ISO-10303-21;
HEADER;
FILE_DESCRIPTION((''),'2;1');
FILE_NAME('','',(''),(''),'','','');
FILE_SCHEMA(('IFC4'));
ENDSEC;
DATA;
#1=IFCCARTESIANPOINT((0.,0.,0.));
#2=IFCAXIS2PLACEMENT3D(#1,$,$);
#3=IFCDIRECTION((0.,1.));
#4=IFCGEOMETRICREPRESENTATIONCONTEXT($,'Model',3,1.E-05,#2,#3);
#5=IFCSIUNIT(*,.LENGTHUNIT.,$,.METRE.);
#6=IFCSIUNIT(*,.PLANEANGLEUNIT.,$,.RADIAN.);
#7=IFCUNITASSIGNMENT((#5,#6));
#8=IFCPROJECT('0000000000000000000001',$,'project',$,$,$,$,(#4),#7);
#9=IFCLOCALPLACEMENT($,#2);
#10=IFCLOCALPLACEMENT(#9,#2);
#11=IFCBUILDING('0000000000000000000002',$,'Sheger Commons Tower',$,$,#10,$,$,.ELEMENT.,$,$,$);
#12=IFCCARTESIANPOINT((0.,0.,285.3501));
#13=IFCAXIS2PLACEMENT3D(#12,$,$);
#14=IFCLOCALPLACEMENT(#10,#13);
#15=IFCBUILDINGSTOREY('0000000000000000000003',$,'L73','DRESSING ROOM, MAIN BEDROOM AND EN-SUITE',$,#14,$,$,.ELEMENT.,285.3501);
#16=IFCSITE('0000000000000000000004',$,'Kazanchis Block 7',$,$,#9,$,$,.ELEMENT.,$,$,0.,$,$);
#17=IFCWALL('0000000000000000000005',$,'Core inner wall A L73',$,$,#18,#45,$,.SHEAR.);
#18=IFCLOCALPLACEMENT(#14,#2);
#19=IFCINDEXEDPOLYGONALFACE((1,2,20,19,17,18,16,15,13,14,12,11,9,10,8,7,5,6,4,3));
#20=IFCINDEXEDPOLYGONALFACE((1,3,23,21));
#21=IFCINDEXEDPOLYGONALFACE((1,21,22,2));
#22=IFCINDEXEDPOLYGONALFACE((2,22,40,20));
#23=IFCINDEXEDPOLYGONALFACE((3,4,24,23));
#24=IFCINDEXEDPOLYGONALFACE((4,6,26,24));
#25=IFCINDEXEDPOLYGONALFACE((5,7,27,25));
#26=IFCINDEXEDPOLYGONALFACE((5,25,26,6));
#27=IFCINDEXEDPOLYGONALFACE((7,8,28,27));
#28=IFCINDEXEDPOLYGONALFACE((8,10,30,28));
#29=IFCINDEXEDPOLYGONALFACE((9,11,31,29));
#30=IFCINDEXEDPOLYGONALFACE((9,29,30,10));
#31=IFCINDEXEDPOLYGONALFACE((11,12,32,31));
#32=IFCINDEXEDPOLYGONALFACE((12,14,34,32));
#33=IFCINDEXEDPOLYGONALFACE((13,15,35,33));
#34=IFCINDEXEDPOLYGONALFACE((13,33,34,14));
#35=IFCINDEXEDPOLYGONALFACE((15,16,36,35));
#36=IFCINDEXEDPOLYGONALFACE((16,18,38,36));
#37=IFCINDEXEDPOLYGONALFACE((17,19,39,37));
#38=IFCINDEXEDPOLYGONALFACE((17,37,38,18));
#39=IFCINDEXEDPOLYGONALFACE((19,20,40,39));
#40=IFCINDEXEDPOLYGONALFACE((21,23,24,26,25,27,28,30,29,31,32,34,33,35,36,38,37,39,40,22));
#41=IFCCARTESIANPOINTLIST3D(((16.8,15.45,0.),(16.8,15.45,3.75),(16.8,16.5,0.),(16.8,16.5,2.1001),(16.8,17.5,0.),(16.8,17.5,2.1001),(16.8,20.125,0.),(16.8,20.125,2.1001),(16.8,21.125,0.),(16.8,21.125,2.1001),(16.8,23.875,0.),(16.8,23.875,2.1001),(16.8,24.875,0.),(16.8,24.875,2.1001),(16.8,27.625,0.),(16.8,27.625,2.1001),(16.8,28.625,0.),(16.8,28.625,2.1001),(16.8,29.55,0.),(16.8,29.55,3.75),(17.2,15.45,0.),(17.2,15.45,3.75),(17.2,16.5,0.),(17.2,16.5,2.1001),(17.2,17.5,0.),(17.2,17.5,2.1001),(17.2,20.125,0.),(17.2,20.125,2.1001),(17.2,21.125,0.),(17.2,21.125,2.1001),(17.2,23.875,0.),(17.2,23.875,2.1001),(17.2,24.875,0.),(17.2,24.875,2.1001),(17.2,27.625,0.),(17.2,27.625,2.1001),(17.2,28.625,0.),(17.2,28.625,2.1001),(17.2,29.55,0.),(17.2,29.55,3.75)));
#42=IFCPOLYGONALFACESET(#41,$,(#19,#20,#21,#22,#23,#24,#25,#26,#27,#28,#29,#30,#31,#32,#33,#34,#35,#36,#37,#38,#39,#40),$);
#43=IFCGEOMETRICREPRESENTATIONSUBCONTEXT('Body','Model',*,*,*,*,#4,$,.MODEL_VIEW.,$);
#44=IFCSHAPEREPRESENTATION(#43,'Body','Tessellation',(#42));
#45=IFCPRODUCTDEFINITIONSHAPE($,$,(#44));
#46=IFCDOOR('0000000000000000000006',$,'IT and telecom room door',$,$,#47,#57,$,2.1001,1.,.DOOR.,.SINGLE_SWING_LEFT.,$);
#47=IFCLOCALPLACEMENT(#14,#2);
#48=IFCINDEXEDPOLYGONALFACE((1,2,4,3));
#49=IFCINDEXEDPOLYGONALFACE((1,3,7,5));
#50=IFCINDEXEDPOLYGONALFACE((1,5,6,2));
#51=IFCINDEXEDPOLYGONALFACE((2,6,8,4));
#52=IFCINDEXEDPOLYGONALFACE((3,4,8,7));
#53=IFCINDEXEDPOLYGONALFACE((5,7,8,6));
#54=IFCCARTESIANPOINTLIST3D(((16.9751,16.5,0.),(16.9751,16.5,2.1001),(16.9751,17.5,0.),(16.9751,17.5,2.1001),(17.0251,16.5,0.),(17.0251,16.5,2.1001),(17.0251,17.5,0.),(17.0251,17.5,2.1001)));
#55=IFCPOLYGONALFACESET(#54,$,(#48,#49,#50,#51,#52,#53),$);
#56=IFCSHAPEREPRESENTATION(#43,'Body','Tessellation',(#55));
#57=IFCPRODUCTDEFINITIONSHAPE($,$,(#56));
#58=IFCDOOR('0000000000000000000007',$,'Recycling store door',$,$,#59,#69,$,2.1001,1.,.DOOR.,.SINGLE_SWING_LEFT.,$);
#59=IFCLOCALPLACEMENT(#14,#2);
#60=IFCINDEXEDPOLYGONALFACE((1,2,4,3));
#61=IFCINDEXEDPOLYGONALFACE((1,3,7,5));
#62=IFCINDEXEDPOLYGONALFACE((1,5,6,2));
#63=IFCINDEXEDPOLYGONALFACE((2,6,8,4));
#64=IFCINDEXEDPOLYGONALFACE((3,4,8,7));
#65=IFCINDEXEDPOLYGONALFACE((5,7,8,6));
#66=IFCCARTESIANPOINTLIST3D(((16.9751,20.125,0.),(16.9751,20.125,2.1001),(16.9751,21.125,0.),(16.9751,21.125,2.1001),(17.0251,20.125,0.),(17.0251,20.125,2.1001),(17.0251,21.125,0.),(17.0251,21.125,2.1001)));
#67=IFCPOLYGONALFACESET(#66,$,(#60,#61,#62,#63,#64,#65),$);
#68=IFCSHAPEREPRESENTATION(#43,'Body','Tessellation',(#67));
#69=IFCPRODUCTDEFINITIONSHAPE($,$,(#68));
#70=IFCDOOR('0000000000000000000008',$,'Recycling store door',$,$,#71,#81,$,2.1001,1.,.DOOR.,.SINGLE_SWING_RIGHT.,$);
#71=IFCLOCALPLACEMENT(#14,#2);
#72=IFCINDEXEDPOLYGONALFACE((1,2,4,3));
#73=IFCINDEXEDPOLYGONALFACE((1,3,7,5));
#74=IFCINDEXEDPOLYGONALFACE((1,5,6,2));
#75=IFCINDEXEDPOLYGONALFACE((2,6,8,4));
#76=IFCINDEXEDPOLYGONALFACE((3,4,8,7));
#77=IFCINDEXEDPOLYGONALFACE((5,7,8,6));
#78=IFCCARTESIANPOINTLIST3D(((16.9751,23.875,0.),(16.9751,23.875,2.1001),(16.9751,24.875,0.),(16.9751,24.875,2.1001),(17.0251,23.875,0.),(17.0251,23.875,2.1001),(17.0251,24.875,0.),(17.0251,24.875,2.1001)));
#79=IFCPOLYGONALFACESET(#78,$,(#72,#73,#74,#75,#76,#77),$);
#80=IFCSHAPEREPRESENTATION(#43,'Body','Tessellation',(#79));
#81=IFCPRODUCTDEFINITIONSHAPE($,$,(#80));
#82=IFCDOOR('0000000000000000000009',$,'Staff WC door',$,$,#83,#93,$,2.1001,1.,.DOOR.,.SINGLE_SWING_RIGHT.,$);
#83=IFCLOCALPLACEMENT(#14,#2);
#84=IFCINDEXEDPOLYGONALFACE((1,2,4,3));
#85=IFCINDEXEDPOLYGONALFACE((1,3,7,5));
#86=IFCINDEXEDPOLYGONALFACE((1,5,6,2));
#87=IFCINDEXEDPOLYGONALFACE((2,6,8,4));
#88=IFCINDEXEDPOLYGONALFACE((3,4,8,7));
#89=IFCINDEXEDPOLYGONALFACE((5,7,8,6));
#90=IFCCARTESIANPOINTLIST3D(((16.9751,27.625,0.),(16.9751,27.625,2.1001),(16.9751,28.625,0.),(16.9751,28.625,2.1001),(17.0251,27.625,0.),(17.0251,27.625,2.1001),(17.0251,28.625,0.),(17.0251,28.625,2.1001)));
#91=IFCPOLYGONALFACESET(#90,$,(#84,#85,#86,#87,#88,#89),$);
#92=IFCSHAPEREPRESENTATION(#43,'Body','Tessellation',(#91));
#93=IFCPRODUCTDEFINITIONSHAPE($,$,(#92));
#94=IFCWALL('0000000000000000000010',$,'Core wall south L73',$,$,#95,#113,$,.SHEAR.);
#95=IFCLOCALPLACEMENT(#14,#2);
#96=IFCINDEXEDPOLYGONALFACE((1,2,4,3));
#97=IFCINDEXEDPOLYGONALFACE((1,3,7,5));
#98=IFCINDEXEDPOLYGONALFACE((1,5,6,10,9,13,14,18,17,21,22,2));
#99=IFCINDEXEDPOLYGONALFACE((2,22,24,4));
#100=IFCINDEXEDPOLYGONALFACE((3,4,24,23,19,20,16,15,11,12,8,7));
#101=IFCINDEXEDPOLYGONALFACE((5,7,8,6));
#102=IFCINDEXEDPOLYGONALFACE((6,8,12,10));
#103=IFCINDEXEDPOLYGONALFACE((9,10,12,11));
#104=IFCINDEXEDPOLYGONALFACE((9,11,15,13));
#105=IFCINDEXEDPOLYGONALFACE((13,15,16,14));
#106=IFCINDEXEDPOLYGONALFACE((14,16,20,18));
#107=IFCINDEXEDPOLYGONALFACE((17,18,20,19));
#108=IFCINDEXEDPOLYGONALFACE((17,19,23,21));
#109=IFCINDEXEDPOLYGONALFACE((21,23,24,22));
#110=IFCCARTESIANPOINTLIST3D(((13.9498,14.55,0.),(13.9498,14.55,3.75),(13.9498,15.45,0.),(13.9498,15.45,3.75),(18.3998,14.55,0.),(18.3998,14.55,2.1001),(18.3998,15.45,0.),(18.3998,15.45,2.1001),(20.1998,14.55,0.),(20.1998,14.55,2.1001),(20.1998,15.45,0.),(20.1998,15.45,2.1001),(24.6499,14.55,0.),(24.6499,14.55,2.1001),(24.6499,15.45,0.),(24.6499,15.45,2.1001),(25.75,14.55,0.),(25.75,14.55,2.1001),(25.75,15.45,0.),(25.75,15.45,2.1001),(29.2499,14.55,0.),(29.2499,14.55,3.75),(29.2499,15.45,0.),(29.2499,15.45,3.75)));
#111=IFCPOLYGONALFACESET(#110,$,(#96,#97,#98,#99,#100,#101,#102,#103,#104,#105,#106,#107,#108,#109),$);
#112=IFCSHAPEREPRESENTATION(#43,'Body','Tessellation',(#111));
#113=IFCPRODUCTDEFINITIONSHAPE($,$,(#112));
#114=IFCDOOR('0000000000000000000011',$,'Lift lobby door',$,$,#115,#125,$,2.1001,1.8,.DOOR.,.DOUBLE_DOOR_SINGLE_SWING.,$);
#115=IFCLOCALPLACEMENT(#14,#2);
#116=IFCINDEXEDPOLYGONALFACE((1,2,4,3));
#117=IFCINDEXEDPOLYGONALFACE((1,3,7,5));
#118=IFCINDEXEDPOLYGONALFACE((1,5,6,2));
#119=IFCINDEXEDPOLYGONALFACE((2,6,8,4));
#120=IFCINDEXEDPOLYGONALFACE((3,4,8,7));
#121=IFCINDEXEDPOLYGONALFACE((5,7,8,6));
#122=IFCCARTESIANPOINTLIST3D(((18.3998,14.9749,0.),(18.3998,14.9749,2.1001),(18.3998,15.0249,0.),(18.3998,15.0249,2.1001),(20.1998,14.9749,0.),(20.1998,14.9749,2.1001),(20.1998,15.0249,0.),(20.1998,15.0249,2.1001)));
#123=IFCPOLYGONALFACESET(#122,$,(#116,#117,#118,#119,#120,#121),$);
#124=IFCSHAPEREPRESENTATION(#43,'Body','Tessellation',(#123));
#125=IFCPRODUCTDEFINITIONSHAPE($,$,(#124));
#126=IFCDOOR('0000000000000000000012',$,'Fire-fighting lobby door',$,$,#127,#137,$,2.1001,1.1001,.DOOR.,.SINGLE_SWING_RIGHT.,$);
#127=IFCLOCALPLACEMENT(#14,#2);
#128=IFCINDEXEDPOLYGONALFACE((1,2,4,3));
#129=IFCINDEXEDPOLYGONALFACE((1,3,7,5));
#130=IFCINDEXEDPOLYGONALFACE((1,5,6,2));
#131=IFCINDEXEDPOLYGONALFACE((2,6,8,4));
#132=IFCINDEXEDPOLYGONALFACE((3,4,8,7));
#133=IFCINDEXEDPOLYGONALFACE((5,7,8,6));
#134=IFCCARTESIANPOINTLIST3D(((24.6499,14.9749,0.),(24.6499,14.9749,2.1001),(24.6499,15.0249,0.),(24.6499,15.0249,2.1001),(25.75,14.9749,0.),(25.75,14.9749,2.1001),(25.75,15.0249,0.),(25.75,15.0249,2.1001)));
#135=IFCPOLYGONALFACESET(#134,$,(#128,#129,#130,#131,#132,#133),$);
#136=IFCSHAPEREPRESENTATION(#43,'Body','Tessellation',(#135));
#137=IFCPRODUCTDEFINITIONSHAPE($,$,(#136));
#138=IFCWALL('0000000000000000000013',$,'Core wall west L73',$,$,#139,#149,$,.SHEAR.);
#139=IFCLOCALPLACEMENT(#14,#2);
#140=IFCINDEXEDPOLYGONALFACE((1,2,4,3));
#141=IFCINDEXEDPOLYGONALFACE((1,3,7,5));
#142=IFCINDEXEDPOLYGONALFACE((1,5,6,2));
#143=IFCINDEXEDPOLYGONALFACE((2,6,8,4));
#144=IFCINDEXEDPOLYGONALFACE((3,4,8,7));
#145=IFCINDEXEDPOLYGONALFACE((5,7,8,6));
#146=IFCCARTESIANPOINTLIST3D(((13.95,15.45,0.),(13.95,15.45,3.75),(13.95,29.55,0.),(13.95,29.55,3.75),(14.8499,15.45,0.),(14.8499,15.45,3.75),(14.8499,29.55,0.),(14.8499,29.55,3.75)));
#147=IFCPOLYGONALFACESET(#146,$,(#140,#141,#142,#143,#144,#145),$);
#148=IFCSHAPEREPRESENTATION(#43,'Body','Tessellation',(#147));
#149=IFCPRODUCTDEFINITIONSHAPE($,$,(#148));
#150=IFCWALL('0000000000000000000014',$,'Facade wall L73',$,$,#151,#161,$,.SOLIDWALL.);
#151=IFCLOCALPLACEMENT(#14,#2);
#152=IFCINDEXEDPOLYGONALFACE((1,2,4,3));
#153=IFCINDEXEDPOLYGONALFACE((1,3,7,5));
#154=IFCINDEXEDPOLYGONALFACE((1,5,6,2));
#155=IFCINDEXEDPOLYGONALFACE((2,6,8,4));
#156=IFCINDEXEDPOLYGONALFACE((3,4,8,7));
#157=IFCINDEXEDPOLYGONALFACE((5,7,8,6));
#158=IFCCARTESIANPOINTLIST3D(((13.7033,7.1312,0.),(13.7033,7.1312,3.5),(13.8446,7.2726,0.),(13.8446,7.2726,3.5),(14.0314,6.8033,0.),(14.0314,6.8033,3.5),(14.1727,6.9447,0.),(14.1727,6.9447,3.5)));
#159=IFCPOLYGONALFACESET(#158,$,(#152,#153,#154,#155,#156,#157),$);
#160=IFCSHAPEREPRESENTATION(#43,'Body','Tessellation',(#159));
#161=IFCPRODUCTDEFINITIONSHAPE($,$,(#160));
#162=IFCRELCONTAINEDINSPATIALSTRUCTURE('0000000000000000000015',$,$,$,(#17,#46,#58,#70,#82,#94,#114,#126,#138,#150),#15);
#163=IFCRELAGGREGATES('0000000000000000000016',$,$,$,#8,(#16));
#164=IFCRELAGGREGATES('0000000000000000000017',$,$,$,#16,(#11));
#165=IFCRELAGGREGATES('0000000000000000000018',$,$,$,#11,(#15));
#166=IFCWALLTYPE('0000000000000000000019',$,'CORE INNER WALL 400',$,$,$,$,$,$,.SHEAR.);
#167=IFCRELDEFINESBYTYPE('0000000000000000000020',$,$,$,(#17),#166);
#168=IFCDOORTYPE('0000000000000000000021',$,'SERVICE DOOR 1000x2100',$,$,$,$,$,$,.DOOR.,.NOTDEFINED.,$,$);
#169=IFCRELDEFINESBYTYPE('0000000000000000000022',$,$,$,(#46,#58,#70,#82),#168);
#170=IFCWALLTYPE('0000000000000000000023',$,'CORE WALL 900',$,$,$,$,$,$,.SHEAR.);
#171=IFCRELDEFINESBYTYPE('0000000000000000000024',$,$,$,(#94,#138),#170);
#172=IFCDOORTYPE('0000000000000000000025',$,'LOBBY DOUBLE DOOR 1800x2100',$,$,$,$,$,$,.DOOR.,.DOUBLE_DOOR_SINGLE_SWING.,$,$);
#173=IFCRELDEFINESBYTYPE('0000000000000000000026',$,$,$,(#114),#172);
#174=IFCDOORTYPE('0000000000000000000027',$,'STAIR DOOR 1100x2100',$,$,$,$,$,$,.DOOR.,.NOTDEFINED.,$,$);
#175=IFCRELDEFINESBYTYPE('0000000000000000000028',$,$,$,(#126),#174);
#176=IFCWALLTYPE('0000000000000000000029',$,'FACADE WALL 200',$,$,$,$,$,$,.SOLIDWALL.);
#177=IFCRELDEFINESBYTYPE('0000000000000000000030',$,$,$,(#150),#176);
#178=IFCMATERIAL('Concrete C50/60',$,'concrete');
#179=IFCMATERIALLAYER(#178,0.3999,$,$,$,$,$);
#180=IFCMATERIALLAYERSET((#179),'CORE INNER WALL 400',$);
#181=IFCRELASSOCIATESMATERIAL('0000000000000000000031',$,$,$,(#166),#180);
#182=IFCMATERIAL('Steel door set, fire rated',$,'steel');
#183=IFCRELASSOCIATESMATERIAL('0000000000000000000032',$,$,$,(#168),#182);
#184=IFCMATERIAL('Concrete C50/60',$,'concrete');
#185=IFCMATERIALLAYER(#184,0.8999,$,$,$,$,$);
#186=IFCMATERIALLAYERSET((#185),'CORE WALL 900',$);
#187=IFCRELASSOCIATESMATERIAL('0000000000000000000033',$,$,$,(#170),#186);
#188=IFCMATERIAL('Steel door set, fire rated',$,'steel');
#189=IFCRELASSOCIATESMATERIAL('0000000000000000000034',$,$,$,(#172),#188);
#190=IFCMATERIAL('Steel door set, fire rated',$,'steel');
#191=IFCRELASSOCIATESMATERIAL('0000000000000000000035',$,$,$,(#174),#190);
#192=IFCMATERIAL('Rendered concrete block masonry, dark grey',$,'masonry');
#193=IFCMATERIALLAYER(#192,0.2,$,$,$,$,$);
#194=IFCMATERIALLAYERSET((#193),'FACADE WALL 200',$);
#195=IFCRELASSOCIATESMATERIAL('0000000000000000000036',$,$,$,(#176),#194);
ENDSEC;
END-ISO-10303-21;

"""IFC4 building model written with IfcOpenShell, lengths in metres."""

from ifc_helpers import new_model, si_unit, direction, frame, frame_2d, origin, place, context, subcontext, project, spatial, rectangle, extrude, material, layer, layer_set, type_object, element, fill, save


model = new_model("IFC4")

# Units and contexts
model_context = context("Model", 3, precision=1e-05, world=origin(), true_north=direction((0.0, 1.0)))
body_context = subcontext(model_context, "Body", "Model", "MODEL_VIEW")
ifc_project = project(units=[si_unit("LENGTHUNIT", "METRE"), si_unit("PLANEANGLEUNIT", "RADIAN")], contexts=[model_context])

# Site, building, storey
site_placement = place(None, origin())
site = spatial("IfcSite", under=ifc_project, at=site_placement, Name="Kazanchis Block 7", CompositionType="ELEMENT", RefElevation=0.0)
building_placement = place(site_placement, origin())
building = spatial("IfcBuilding", under=site, at=building_placement, Name="Sheger Commons Tower", CompositionType="ELEMENT")
storey_placement = place(building_placement, frame((0.0, 0.0, 285.3501)))
storey = spatial("IfcBuildingStorey", under=building, at=storey_placement, Name="L73", Description="DRESSING ROOM, MAIN BEDROOM AND EN-SUITE", CompositionType="ELEMENT", Elevation=285.3501)

# Walls, openings, doors
ifc_material_1 = material(Name="Concrete C50/60", Category="concrete")
ifc_layer_1 = layer(ifc_material_1, 0.3999)
ifc_layer_set_1 = layer_set([ifc_layer_1], Name="CORE INNER WALL 400")
wall_type_1 = type_object("IfcWallType", Name="CORE INNER WALL 400", PredefinedType="SHEAR", material=ifc_layer_set_1)
wall_1_placement = place(storey_placement, frame((17.0, 15.45, 0.0), z_axis=(0.0, 0.0, 1.0), x_axis=(0.0, 1.0, 0.0)))
wall_1 = element("IfcWall", 1, at=wall_1_placement, inside=storey, type_object=wall_type_1, Name="Core inner wall A L73", PredefinedType="SHEAR", context=body_context, shape_type="SweptSolid", body=[
    extrude(rectangle(XDim=14.1001, YDim=0.3999, at=frame_2d((7.05, 0.0))), origin(), (0.0, 0.0, 1.0), 3.75),
])
opening_1_placement = place(wall_1_placement, frame((1.05, 0.0, 0.0)))
opening_1 = element("IfcOpeningElement", 2, at=opening_1_placement, cuts=wall_1, PredefinedType="OPENING", context=body_context, shape_type="SweptSolid", body=[
    extrude(rectangle(XDim=1.0, YDim=2.1001, at=frame_2d((0.5, 1.05))), frame((0.0, 0.21, 0.0), z_axis=(0.0, -1.0, 0.0), x_axis=(1.0, 0.0, 0.0)), (0.0, 0.0, 1.0), 0.4199),
])
opening_2_placement = place(wall_1_placement, frame((4.675, 0.0, 0.0)))
opening_2 = element("IfcOpeningElement", 3, at=opening_2_placement, cuts=wall_1, PredefinedType="OPENING", context=body_context, shape_type="SweptSolid", body=[
    extrude(rectangle(XDim=1.0, YDim=2.1001, at=frame_2d((0.5, 1.05))), frame((0.0, 0.21, 0.0), z_axis=(0.0, -1.0, 0.0), x_axis=(1.0, 0.0, 0.0)), (0.0, 0.0, 1.0), 0.4199),
])
opening_3_placement = place(wall_1_placement, frame((8.425, 0.0, 0.0)))
opening_3 = element("IfcOpeningElement", 4, at=opening_3_placement, cuts=wall_1, PredefinedType="OPENING", context=body_context, shape_type="SweptSolid", body=[
    extrude(rectangle(XDim=1.0, YDim=2.1001, at=frame_2d((0.5, 1.05))), frame((0.0, 0.21, 0.0), z_axis=(0.0, -1.0, 0.0), x_axis=(1.0, 0.0, 0.0)), (0.0, 0.0, 1.0), 0.4199),
])
opening_4_placement = place(wall_1_placement, frame((12.175, 0.0, 0.0)))
opening_4 = element("IfcOpeningElement", 5, at=opening_4_placement, cuts=wall_1, PredefinedType="OPENING", context=body_context, shape_type="SweptSolid", body=[
    extrude(rectangle(XDim=1.0, YDim=2.1001, at=frame_2d((0.5, 1.05))), frame((0.0, 0.21, 0.0), z_axis=(0.0, -1.0, 0.0), x_axis=(1.0, 0.0, 0.0)), (0.0, 0.0, 1.0), 0.4199),
])
ifc_material_2 = material(Name="Steel door set, fire rated", Category="steel")
door_type_1 = type_object("IfcDoorType", Name="SERVICE DOOR 1000x2100", OperationType="NOTDEFINED", PredefinedType="DOOR", material=ifc_material_2)
door_1_placement = place(opening_1_placement, origin())
door_1 = element("IfcDoor", 6, at=door_1_placement, inside=storey, type_object=door_type_1, Name="IT and telecom room door", OperationType="SINGLE_SWING_LEFT", OverallHeight=2.1001, OverallWidth=1.0, PredefinedType="DOOR", context=body_context, shape_type="SweptSolid", body=[
    extrude(rectangle(XDim=1.0, YDim=2.1001, at=frame_2d((0.5, 1.05))), frame((0.0, 0.0249, 0.0), z_axis=(0.0, -1.0, 0.0), x_axis=(1.0, 0.0, 0.0)), (0.0, 0.0, 1.0), 0.05),
])
fill(opening_1, door_1)
door_2_placement = place(opening_2_placement, origin())
door_2 = element("IfcDoor", 7, at=door_2_placement, inside=storey, type_object=door_type_1, Name="Recycling store door", OperationType="SINGLE_SWING_LEFT", OverallHeight=2.1001, OverallWidth=1.0, PredefinedType="DOOR", context=body_context, shape_type="SweptSolid", body=[
    extrude(rectangle(XDim=1.0, YDim=2.1001, at=frame_2d((0.5, 1.05))), frame((0.0, 0.0249, 0.0), z_axis=(0.0, -1.0, 0.0), x_axis=(1.0, 0.0, 0.0)), (0.0, 0.0, 1.0), 0.05),
])
fill(opening_2, door_2)
door_3_placement = place(opening_3_placement, origin())
door_3 = element("IfcDoor", 8, at=door_3_placement, inside=storey, type_object=door_type_1, Name="Recycling store door", OperationType="SINGLE_SWING_RIGHT", OverallHeight=2.1001, OverallWidth=1.0, PredefinedType="DOOR", context=body_context, shape_type="SweptSolid", body=[
    extrude(rectangle(XDim=1.0, YDim=2.1001, at=frame_2d((0.5, 1.05))), frame((0.0, 0.0249, 0.0), z_axis=(0.0, -1.0, 0.0), x_axis=(1.0, 0.0, 0.0)), (0.0, 0.0, 1.0), 0.05),
])
fill(opening_3, door_3)
door_4_placement = place(opening_4_placement, origin())
door_4 = element("IfcDoor", 9, at=door_4_placement, inside=storey, type_object=door_type_1, Name="Staff WC door", OperationType="SINGLE_SWING_RIGHT", OverallHeight=2.1001, OverallWidth=1.0, PredefinedType="DOOR", context=body_context, shape_type="SweptSolid", body=[
    extrude(rectangle(XDim=1.0, YDim=2.1001, at=frame_2d((0.5, 1.05))), frame((0.0, 0.0249, 0.0), z_axis=(0.0, -1.0, 0.0), x_axis=(1.0, 0.0, 0.0)), (0.0, 0.0, 1.0), 0.05),
])
fill(opening_4, door_4)
ifc_material_3 = material(Name="Concrete C50/60", Category="concrete")
ifc_layer_2 = layer(ifc_material_3, 0.8999)
ifc_layer_set_2 = layer_set([ifc_layer_2], Name="CORE WALL 900")
wall_type_2 = type_object("IfcWallType", Name="CORE WALL 900", PredefinedType="SHEAR", material=ifc_layer_set_2)
wall_2_placement = place(storey_placement, frame((13.95, 15.0, 0.0), z_axis=(0.0, 0.0, 1.0), x_axis=(1.0, 0.0, 0.0)))
wall_2 = element("IfcWall", 10, at=wall_2_placement, inside=storey, type_object=wall_type_2, Name="Core wall south L73", PredefinedType="SHEAR", context=body_context, shape_type="SweptSolid", body=[
    extrude(rectangle(XDim=15.3, YDim=0.8999, at=frame_2d((7.6499, 0.0))), origin(), (0.0, 0.0, 1.0), 3.75),
])
opening_5_placement = place(wall_2_placement, frame((4.45, 0.0, 0.0)))
opening_5 = element("IfcOpeningElement", 11, at=opening_5_placement, cuts=wall_2, PredefinedType="OPENING", context=body_context, shape_type="SweptSolid", body=[
    extrude(rectangle(XDim=1.8, YDim=2.1001, at=frame_2d((0.8999, 1.05))), frame((0.0, 0.46, 0.0), z_axis=(0.0, -1.0, 0.0), x_axis=(1.0, 0.0, 0.0)), (0.0, 0.0, 1.0), 0.9199),
])
opening_6_placement = place(wall_2_placement, frame((10.7, 0.0, 0.0)))
opening_6 = element("IfcOpeningElement", 12, at=opening_6_placement, cuts=wall_2, PredefinedType="OPENING", context=body_context, shape_type="SweptSolid", body=[
    extrude(rectangle(XDim=1.1001, YDim=2.1001, at=frame_2d((0.55, 1.05))), frame((0.0, 0.46, 0.0), z_axis=(0.0, -1.0, 0.0), x_axis=(1.0, 0.0, 0.0)), (0.0, 0.0, 1.0), 0.9199),
])
ifc_material_4 = material(Name="Steel door set, fire rated", Category="steel")
door_type_2 = type_object("IfcDoorType", Name="LOBBY DOUBLE DOOR 1800x2100", OperationType="DOUBLE_DOOR_SINGLE_SWING", PredefinedType="DOOR", material=ifc_material_4)
door_5_placement = place(opening_5_placement, origin())
door_5 = element("IfcDoor", 13, at=door_5_placement, inside=storey, type_object=door_type_2, Name="Lift lobby door", OperationType="DOUBLE_DOOR_SINGLE_SWING", OverallHeight=2.1001, OverallWidth=1.8, PredefinedType="DOOR", context=body_context, shape_type="SweptSolid", body=[
    extrude(rectangle(XDim=1.8, YDim=2.1001, at=frame_2d((0.8999, 1.05))), frame((0.0, 0.0249, 0.0), z_axis=(0.0, -1.0, 0.0), x_axis=(1.0, 0.0, 0.0)), (0.0, 0.0, 1.0), 0.05),
])
fill(opening_5, door_5)
ifc_material_5 = material(Name="Steel door set, fire rated", Category="steel")
door_type_3 = type_object("IfcDoorType", Name="STAIR DOOR 1100x2100", OperationType="NOTDEFINED", PredefinedType="DOOR", material=ifc_material_5)
door_6_placement = place(opening_6_placement, origin())
door_6 = element("IfcDoor", 14, at=door_6_placement, inside=storey, type_object=door_type_3, Name="Fire-fighting lobby door", OperationType="SINGLE_SWING_RIGHT", OverallHeight=2.1001, OverallWidth=1.1001, PredefinedType="DOOR", context=body_context, shape_type="SweptSolid", body=[
    extrude(rectangle(XDim=1.1001, YDim=2.1001, at=frame_2d((0.55, 1.05))), frame((0.0, 0.0249, 0.0), z_axis=(0.0, -1.0, 0.0), x_axis=(1.0, 0.0, 0.0)), (0.0, 0.0, 1.0), 0.05),
])
fill(opening_6, door_6)

# Walls
wall_3_placement = place(storey_placement, frame((14.3999, 15.45, 0.0), z_axis=(0.0, 0.0, 1.0), x_axis=(0.0, 1.0, 0.0)))
element("IfcWall", 15, at=wall_3_placement, inside=storey, type_object=wall_type_2, Name="Core wall west L73", PredefinedType="SHEAR", context=body_context, shape_type="SweptSolid", body=[
    extrude(rectangle(XDim=14.1001, YDim=0.8999, at=frame_2d((7.05, 0.0))), origin(), (0.0, 0.0, 1.0), 3.75),
])
ifc_material_6 = material(Name="Rendered concrete block masonry, dark grey", Category="masonry")
ifc_layer_3 = layer(ifc_material_6, 0.2)
ifc_layer_set_3 = layer_set([ifc_layer_3], Name="FACADE WALL 200")
wall_type_3 = type_object("IfcWallType", Name="FACADE WALL 200", PredefinedType="SOLIDWALL", material=ifc_layer_set_3)
wall_4_placement = place(storey_placement, frame((13.7739, 7.2019, 0.0), z_axis=(0.0, 0.0, 1.0), x_axis=(0.70737, -0.706844, 0.0)))
element("IfcWall", 16, at=wall_4_placement, inside=storey, type_object=wall_type_3, Name="Facade wall L73", PredefinedType="SOLIDWALL", context=body_context, shape_type="SweptSolid", body=[
    extrude(rectangle(XDim=0.4639, YDim=0.2, at=frame_2d((0.2319, 0.0))), origin(), (0.0, 0.0, 1.0), 3.5),
])

save(model, "model.ifc")
